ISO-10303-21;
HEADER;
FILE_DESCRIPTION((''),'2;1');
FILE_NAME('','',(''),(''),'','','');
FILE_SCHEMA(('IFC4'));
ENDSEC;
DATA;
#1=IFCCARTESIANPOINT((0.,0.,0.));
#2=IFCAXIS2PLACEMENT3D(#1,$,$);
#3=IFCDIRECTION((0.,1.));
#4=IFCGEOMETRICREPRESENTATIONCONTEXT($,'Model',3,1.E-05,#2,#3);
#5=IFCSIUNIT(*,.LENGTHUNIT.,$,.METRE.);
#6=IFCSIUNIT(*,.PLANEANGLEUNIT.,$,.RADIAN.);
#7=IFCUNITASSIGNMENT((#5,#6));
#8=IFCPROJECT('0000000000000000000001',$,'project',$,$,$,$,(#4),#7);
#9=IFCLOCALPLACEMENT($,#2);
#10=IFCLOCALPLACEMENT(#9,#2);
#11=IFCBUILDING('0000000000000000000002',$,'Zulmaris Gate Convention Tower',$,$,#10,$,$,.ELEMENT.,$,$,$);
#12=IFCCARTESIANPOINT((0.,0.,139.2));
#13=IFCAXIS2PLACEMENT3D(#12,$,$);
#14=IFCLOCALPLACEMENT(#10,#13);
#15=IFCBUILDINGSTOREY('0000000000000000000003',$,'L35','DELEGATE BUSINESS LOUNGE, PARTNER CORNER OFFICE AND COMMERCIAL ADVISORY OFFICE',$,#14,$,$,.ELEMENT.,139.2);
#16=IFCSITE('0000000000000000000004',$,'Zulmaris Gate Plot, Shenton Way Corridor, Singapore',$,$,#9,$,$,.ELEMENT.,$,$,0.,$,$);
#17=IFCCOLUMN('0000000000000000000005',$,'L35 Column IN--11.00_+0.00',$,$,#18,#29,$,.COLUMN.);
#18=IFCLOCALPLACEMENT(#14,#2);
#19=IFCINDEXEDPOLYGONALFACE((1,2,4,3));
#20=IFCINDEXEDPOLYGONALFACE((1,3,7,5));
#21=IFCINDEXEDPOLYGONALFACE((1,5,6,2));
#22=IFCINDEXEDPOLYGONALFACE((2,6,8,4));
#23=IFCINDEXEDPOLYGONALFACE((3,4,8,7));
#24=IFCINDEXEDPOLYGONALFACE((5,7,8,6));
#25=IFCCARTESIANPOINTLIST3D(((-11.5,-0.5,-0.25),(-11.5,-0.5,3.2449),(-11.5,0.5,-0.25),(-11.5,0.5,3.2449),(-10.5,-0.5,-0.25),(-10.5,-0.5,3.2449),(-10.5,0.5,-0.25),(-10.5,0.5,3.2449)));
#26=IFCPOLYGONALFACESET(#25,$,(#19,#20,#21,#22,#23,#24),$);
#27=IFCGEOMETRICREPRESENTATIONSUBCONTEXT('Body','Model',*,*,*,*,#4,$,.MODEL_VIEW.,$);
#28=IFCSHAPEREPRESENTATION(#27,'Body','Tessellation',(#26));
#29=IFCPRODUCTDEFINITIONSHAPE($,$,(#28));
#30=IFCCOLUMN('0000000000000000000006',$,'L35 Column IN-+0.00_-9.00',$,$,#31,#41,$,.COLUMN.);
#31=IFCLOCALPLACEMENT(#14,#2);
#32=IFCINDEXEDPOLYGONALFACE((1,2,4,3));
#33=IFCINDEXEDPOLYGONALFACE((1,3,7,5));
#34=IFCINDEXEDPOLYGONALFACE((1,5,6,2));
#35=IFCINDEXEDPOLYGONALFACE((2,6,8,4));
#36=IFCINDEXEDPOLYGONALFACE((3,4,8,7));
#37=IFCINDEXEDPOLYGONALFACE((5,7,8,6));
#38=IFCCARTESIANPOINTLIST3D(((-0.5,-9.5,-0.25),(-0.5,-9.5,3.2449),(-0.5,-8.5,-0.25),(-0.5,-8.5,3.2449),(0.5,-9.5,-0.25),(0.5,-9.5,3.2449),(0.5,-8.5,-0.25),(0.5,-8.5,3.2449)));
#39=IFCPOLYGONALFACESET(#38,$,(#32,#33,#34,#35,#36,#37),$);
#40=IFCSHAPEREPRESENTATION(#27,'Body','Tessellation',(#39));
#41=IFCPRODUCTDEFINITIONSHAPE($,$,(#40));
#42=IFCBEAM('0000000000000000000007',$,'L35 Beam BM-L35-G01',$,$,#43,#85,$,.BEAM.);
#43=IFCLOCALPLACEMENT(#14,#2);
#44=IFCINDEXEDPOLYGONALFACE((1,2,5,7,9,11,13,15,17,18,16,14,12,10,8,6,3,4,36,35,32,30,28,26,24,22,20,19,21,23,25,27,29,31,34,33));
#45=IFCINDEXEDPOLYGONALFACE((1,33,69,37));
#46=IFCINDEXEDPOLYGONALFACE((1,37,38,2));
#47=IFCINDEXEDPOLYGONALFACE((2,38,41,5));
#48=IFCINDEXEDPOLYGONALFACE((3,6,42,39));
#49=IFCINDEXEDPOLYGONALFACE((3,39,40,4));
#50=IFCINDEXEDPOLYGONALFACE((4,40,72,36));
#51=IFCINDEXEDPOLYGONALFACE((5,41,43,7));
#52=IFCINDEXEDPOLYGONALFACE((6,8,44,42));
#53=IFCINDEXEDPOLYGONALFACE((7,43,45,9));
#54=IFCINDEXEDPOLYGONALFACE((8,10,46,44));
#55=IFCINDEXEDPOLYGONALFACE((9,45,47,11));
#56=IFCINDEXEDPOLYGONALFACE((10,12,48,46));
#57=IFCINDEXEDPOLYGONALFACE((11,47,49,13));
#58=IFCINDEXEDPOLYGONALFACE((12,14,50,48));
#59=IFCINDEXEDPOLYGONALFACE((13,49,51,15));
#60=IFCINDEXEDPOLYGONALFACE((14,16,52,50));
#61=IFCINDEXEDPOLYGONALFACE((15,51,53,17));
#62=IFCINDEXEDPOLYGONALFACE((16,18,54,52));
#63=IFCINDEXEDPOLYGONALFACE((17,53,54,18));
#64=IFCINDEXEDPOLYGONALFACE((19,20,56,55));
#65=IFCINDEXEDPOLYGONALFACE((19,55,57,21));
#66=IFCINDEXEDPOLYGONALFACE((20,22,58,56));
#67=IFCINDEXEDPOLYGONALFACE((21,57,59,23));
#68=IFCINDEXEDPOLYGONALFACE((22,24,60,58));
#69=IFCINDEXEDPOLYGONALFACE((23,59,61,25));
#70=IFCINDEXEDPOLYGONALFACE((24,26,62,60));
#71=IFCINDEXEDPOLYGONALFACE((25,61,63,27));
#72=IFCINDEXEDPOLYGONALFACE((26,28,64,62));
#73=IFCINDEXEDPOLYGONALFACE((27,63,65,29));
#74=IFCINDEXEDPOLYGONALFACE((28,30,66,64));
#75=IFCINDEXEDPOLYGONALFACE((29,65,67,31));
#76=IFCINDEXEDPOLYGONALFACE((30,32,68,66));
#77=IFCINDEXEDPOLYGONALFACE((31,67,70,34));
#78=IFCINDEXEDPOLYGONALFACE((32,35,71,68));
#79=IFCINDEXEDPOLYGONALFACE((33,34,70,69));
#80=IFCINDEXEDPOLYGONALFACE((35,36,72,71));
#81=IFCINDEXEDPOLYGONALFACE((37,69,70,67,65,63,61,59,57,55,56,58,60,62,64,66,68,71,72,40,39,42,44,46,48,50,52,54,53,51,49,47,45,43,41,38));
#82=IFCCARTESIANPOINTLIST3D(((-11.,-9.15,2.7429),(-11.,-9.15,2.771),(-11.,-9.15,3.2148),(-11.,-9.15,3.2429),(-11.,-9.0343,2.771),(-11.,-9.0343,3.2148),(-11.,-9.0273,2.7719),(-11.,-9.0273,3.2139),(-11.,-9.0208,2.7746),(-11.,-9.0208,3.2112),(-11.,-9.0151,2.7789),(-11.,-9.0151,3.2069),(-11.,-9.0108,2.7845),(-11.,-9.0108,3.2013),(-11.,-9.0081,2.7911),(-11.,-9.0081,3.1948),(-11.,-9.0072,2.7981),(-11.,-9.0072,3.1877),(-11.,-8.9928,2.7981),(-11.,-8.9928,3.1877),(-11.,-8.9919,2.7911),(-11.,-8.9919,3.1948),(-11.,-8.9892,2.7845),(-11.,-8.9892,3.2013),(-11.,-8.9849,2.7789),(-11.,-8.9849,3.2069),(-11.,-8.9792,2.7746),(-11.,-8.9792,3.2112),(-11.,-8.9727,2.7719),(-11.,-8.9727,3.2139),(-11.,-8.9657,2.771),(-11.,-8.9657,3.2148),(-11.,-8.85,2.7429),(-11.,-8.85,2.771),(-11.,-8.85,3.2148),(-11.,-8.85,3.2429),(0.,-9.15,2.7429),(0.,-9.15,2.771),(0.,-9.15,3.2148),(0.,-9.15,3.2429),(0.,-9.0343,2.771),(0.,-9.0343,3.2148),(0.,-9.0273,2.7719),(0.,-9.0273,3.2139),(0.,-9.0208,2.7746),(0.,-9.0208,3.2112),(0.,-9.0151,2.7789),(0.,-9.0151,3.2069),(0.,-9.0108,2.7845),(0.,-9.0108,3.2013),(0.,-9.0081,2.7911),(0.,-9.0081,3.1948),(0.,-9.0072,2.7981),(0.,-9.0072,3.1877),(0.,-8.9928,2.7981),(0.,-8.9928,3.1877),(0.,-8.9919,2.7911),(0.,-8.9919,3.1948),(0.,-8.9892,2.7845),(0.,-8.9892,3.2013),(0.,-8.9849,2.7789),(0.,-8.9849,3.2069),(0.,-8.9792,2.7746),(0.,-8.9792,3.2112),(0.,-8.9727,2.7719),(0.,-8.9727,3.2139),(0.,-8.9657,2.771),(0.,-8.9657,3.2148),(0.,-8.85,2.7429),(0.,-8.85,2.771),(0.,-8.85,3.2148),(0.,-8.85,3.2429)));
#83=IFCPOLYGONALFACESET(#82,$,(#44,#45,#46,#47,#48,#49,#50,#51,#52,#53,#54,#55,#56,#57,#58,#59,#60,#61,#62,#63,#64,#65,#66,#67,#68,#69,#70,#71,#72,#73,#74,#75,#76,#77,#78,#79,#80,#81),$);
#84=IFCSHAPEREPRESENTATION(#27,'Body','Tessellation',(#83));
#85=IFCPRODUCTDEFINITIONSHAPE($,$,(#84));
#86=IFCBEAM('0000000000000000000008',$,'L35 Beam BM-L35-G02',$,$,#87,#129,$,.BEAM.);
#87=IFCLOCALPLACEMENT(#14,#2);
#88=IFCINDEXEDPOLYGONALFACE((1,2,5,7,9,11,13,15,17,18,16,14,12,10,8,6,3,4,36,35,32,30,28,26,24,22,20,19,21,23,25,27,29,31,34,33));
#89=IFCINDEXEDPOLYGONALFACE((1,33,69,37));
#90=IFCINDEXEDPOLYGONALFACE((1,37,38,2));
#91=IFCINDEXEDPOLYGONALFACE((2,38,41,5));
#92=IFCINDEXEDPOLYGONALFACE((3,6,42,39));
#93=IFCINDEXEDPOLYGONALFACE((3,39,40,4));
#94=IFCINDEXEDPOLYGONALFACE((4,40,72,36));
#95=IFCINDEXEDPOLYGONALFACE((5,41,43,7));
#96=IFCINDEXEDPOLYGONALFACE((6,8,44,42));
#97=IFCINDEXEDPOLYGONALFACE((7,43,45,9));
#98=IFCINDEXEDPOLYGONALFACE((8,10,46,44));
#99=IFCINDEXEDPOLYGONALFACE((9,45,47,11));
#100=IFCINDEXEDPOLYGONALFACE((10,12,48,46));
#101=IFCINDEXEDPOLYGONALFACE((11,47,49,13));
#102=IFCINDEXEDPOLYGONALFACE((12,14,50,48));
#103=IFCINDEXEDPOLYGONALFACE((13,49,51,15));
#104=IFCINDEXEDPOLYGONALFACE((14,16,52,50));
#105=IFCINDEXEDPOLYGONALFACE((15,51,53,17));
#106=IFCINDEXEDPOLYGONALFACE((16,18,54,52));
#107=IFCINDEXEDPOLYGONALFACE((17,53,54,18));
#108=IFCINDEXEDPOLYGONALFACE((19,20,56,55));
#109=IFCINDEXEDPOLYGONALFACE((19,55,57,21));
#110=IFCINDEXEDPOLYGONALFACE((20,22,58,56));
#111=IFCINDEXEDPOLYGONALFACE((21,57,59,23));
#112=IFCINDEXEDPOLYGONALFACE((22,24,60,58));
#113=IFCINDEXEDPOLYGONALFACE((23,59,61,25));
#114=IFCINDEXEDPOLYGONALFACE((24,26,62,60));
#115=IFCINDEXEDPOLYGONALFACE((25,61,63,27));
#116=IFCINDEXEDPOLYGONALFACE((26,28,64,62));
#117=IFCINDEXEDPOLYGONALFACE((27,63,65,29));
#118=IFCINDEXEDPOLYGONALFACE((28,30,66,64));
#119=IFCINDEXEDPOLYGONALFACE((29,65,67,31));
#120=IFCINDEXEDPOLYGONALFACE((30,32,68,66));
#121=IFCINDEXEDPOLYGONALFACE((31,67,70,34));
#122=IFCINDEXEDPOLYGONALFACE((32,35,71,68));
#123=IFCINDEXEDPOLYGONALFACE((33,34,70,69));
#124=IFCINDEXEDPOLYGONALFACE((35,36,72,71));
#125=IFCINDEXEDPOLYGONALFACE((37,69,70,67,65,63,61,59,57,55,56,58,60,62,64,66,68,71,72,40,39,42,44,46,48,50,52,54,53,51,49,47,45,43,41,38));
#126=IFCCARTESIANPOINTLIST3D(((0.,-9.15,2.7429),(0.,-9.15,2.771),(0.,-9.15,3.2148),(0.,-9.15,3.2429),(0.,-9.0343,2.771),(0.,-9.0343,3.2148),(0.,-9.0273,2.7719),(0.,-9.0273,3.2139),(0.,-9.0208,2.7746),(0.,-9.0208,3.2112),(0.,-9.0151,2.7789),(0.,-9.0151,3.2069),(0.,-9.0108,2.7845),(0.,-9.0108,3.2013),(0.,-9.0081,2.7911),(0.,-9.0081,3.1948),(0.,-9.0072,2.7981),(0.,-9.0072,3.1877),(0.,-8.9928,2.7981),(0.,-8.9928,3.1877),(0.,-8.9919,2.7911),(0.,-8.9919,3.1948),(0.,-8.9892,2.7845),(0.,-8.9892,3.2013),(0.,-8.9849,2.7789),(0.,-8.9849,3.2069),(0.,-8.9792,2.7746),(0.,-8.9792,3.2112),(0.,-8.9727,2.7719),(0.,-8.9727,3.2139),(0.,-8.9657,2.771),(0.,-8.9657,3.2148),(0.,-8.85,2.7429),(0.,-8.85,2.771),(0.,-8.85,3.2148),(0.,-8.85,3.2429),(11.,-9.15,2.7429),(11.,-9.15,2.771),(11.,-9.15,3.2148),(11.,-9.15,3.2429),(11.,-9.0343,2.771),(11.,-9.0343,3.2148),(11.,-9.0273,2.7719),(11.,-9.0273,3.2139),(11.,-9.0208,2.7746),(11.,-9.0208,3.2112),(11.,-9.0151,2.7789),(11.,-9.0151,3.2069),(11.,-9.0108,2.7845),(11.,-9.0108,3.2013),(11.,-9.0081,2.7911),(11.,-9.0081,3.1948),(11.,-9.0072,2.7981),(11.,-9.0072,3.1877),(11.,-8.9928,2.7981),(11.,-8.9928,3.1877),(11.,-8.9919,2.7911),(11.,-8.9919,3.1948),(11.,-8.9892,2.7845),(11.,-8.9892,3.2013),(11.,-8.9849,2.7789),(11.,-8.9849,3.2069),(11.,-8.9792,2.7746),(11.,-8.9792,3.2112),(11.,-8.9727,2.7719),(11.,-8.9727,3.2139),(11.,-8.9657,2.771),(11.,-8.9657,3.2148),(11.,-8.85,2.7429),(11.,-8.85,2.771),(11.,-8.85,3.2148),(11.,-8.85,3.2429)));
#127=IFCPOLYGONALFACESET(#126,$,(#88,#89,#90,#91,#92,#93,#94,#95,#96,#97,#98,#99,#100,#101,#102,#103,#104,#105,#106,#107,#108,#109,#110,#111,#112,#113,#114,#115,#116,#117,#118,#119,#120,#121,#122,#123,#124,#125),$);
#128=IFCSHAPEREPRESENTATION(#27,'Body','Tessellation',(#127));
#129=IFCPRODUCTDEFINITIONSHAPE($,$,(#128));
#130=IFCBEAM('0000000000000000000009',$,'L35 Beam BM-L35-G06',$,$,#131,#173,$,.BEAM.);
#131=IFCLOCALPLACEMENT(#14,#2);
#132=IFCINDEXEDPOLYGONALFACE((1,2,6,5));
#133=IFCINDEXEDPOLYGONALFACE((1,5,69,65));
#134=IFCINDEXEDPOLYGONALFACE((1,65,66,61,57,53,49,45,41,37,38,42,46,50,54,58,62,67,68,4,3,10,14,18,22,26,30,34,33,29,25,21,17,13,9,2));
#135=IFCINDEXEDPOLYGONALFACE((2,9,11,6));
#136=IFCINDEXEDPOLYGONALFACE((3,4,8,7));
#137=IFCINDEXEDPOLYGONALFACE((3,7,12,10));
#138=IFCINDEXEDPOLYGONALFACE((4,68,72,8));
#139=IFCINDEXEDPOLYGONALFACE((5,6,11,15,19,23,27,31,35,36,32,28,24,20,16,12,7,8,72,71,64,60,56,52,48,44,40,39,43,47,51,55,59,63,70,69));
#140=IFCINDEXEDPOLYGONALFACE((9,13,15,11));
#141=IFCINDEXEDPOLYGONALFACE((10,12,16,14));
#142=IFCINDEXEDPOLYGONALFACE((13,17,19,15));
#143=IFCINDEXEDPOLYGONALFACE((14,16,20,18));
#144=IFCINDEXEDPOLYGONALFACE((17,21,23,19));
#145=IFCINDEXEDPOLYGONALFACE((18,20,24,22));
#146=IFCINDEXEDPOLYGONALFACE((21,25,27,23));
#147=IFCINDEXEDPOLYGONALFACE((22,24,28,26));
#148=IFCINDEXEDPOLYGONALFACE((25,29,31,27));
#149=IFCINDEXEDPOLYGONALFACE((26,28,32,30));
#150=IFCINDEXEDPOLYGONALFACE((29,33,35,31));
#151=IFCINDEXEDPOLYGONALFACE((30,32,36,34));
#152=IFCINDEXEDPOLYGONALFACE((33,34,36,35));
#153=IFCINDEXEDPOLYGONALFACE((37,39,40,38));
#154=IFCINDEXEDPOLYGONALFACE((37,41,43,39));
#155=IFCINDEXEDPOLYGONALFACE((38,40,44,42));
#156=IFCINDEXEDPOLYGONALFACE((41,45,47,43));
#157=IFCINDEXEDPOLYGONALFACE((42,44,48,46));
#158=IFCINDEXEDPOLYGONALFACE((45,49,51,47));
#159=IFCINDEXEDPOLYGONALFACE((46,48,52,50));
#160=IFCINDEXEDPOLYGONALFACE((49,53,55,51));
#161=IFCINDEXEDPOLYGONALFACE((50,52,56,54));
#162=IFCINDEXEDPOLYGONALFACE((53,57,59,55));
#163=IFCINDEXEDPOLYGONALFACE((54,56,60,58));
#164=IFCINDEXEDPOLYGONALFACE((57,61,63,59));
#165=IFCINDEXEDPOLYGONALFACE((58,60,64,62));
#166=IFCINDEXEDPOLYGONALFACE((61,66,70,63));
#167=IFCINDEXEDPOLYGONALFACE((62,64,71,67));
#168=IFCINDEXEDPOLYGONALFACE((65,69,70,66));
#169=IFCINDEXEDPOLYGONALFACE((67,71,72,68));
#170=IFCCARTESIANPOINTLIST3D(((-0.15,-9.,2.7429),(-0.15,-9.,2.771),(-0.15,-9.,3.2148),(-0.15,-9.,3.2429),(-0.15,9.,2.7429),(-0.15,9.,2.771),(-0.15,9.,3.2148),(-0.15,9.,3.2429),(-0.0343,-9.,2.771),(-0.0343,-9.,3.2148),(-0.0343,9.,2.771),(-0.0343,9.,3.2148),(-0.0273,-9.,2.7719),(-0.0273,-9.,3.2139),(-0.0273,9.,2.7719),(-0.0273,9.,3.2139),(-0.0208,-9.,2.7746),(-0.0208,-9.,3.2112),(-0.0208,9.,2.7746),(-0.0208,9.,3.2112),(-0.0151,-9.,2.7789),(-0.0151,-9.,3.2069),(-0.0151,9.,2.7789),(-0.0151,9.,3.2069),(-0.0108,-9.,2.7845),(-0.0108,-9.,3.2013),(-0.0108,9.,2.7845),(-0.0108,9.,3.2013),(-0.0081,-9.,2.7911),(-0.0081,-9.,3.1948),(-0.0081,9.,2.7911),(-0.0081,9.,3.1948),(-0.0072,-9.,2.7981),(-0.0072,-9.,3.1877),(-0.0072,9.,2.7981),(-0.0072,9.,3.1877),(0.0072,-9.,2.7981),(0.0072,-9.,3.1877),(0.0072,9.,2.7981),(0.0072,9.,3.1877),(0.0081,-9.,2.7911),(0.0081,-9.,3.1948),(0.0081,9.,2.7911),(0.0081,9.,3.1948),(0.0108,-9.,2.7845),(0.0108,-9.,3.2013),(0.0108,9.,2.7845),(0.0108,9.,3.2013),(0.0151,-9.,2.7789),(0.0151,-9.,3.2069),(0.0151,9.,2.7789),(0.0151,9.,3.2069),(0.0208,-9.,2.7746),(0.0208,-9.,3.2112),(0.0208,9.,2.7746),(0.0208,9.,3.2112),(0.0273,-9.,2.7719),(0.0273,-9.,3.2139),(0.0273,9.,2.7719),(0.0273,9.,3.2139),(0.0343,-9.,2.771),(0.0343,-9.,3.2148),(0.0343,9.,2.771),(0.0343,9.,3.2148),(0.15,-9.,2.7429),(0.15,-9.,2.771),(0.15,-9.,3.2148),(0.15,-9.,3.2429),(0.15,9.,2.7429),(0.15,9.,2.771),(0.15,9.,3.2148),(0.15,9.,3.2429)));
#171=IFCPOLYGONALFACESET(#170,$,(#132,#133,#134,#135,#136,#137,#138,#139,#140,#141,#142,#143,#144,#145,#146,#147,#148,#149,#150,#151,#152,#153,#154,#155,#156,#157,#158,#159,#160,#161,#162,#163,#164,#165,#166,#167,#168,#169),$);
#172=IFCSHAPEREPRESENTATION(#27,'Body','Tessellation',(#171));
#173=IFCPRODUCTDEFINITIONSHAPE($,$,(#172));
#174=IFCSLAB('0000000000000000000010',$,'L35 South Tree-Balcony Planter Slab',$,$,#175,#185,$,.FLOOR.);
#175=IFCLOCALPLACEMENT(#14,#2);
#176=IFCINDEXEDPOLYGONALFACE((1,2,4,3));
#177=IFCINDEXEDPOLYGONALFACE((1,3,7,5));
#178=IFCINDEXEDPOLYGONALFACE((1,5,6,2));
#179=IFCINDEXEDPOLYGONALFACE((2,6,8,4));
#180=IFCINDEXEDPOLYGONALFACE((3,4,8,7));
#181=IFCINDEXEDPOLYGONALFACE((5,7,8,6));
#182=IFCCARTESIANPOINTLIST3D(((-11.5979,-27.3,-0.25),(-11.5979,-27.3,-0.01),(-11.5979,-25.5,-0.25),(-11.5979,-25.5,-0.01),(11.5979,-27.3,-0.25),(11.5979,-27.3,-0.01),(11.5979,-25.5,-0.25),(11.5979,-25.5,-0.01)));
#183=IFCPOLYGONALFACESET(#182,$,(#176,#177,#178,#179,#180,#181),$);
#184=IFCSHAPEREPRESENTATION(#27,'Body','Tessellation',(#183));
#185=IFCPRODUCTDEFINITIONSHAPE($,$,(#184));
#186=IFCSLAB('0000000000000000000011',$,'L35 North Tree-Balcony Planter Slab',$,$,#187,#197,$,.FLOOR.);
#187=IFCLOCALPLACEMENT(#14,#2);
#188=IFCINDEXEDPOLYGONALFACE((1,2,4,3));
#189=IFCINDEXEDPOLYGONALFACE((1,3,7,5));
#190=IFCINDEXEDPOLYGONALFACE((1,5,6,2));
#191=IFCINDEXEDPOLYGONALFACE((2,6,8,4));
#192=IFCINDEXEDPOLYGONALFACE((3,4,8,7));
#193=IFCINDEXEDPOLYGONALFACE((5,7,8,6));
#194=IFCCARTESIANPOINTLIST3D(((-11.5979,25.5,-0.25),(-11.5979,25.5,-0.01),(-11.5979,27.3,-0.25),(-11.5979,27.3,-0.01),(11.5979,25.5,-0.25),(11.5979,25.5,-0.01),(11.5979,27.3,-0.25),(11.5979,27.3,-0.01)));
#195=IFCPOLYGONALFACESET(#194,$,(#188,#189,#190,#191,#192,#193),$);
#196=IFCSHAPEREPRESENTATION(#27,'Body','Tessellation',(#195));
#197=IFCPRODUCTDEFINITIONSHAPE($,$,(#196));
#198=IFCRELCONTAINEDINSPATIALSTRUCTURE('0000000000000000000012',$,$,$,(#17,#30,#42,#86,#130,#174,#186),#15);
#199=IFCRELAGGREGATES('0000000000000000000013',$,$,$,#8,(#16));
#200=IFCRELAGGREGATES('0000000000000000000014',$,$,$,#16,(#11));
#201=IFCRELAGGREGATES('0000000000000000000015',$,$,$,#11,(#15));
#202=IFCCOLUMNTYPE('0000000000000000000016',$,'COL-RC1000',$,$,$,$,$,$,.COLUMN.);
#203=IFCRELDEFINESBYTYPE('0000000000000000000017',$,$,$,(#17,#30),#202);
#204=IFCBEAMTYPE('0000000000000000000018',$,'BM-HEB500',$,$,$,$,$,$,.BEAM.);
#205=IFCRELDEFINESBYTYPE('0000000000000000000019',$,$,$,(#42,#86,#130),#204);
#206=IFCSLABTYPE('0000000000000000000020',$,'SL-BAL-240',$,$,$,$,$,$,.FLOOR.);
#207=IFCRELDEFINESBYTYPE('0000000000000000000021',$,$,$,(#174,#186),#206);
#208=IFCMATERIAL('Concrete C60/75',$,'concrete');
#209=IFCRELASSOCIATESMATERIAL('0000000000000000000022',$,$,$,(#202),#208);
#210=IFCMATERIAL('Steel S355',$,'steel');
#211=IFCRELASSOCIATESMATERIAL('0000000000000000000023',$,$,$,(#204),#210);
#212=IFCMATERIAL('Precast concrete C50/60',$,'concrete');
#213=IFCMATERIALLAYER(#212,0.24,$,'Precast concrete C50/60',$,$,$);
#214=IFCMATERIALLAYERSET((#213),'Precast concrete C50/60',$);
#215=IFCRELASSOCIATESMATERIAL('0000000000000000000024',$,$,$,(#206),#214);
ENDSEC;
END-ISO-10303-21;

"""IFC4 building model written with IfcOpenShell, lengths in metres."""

from ifc_helpers import new_model, si_unit, direction, frame, origin, origin_2d, place, context, subcontext, project, spatial, polyline, rectangle, i_section, outline, extrude, material, layer, layer_set, material_profile, profile_set, type_object, element, save


model = new_model("IFC4")

# Units and contexts
model_context = context("Model", 3, precision=1e-05, world=origin(), true_north=direction((0.0, 1.0)))
body_context = subcontext(model_context, "Body", "Model", "MODEL_VIEW")
ifc_project = project(units=[si_unit("LENGTHUNIT", "METRE"), si_unit("PLANEANGLEUNIT", "RADIAN")], contexts=[model_context])

# Site, building, storey
site_placement = place(None, origin())
site = spatial("IfcSite", under=ifc_project, at=site_placement, Name="Zulmaris Gate Plot, Shenton Way Corridor, Singapore", CompositionType="ELEMENT", RefElevation=0.0)
building_placement = place(site_placement, origin())
building = spatial("IfcBuilding", under=site, at=building_placement, Name="Zulmaris Gate Convention Tower", CompositionType="ELEMENT")
storey_placement = place(building_placement, frame((0.0, 0.0, 139.2)))
storey = spatial("IfcBuildingStorey", under=building, at=storey_placement, Name="L35", Description="DELEGATE BUSINESS LOUNGE, PARTNER CORNER OFFICE AND COMMERCIAL ADVISORY OFFICE", CompositionType="ELEMENT", Elevation=139.2)

# Columns
ifc_material_1 = material(Name="Concrete C60/75", Category="concrete")
ifc_material_profile_1 = material_profile(ifc_material_1, rectangle(XDim=1.0, YDim=1.0, at=origin_2d()), Name="RC COL 1000x1000")
ifc_profile_set_1 = profile_set([ifc_material_profile_1], Name="Concrete C60/75")
column_type = type_object("IfcColumnType", Name="COL-RC1000", PredefinedType="COLUMN", material=ifc_profile_set_1)
for number, where, z_axis, x_axis, name in (
    (1, (-11.0, 0.0, -0.25), (0.0, 0.0, 1.0), (1.0, 0.0, 0.0), "L35 Column IN--11.00_+0.00"),
    (2, (0.0, -9.0, -0.25), (0.0, 0.0, 1.0), (1.0, 0.0, 0.0), "L35 Column IN-+0.00_-9.00"),
):
    element("IfcColumn", number, at=place(storey_placement, frame(where, z_axis=z_axis, x_axis=x_axis)), inside=storey, type_object=column_type, Name=name, PredefinedType="COLUMN", context=body_context, shape_type="SweptSolid", body=[
        extrude(rectangle(XDim=1.0, YDim=1.0, at=origin_2d()), origin(), (0.0, 0.0, 1.0), 3.4949),
    ])

# Beams
ifc_material_2 = material(Name="Steel S355", Category="steel")
ifc_material_profile_2 = material_profile(ifc_material_2, i_section(OverallWidth=0.3, OverallDepth=0.5, WebThickness=0.0144, FlangeThickness=0.0281, FilletRadius=0.0271, at=origin_2d()), Name="HEB 500")
ifc_profile_set_2 = profile_set([ifc_material_profile_2], Name="Steel S355")
beam_type = type_object("IfcBeamType", Name="BM-HEB500", PredefinedType="BEAM", material=ifc_profile_set_2)
for number, where, z_axis, x_axis, name in (
    (3, (-11.0, -9.0, 2.9929), (1.0, 0.0, 0.0), (0.0, 1.0, 0.0), "L35 Beam BM-L35-G01"),
    (4, (0.0, -9.0, 2.9929), (1.0, 0.0, 0.0), (0.0, 1.0, 0.0), "L35 Beam BM-L35-G02"),
):
    element("IfcBeam", number, at=place(storey_placement, frame(where, z_axis=z_axis, x_axis=x_axis)), inside=storey, type_object=beam_type, Name=name, PredefinedType="BEAM", context=body_context, shape_type="SweptSolid", body=[
        extrude(i_section(OverallWidth=0.3, OverallDepth=0.5, WebThickness=0.0144, FlangeThickness=0.0281, FilletRadius=0.0271, at=origin_2d()), origin(), (0.0, 0.0, 1.0), 11.0),
    ])
beam_placement = place(storey_placement, frame((0.0, -9.0, 2.9929), z_axis=(0.0, 1.0, 0.0), x_axis=(-1.0, 0.0, 0.0)))
element("IfcBeam", 5, at=beam_placement, inside=storey, type_object=beam_type, Name="L35 Beam BM-L35-G06", PredefinedType="BEAM", context=body_context, shape_type="SweptSolid", body=[
    extrude(i_section(OverallWidth=0.3, OverallDepth=0.5, WebThickness=0.0144, FlangeThickness=0.0281, FilletRadius=0.0271, at=origin_2d()), origin(), (0.0, 0.0, 1.0), 18.0),
])

# Slabs
ifc_material_3 = material(Name="Precast concrete C50/60", Category="concrete")
ifc_layer_1 = layer(ifc_material_3, 0.24, Name="Precast concrete C50/60")
ifc_layer_set_1 = layer_set([ifc_layer_1], Name="Precast concrete C50/60")
slab_type_1 = type_object("IfcSlabType", Name="SL-BAL-240", PredefinedType="FLOOR", material=ifc_layer_set_1)
slab_1_placement = place(storey_placement, frame((0.0, 0.0, -0.25)))
element("IfcSlab", 6, at=slab_1_placement, inside=storey, type_object=slab_type_1, Name="L35 South Tree-Balcony Planter Slab", PredefinedType="FLOOR", context=body_context, shape_type="SweptSolid", body=[
    extrude(outline(polyline([(-11.5979, -27.3), (-11.5979, -25.5), (11.5979, -25.5), (11.5979, -27.3), (-11.5979, -27.3)])), origin(), (0.0, 0.0, 1.0), 0.24),
])
slab_2_placement = place(storey_placement, frame((0.0, 0.0, -0.25)))
element("IfcSlab", 7, at=slab_2_placement, inside=storey, type_object=slab_type_1, Name="L35 North Tree-Balcony Planter Slab", PredefinedType="FLOOR", context=body_context, shape_type="SweptSolid", body=[
    extrude(outline(polyline([(11.5979, 27.3), (11.5979, 25.5), (-11.5979, 25.5), (-11.5979, 27.3), (11.5979, 27.3)])), origin(), (0.0, 0.0, 1.0), 0.24),
])

save(model, "model.ifc")
